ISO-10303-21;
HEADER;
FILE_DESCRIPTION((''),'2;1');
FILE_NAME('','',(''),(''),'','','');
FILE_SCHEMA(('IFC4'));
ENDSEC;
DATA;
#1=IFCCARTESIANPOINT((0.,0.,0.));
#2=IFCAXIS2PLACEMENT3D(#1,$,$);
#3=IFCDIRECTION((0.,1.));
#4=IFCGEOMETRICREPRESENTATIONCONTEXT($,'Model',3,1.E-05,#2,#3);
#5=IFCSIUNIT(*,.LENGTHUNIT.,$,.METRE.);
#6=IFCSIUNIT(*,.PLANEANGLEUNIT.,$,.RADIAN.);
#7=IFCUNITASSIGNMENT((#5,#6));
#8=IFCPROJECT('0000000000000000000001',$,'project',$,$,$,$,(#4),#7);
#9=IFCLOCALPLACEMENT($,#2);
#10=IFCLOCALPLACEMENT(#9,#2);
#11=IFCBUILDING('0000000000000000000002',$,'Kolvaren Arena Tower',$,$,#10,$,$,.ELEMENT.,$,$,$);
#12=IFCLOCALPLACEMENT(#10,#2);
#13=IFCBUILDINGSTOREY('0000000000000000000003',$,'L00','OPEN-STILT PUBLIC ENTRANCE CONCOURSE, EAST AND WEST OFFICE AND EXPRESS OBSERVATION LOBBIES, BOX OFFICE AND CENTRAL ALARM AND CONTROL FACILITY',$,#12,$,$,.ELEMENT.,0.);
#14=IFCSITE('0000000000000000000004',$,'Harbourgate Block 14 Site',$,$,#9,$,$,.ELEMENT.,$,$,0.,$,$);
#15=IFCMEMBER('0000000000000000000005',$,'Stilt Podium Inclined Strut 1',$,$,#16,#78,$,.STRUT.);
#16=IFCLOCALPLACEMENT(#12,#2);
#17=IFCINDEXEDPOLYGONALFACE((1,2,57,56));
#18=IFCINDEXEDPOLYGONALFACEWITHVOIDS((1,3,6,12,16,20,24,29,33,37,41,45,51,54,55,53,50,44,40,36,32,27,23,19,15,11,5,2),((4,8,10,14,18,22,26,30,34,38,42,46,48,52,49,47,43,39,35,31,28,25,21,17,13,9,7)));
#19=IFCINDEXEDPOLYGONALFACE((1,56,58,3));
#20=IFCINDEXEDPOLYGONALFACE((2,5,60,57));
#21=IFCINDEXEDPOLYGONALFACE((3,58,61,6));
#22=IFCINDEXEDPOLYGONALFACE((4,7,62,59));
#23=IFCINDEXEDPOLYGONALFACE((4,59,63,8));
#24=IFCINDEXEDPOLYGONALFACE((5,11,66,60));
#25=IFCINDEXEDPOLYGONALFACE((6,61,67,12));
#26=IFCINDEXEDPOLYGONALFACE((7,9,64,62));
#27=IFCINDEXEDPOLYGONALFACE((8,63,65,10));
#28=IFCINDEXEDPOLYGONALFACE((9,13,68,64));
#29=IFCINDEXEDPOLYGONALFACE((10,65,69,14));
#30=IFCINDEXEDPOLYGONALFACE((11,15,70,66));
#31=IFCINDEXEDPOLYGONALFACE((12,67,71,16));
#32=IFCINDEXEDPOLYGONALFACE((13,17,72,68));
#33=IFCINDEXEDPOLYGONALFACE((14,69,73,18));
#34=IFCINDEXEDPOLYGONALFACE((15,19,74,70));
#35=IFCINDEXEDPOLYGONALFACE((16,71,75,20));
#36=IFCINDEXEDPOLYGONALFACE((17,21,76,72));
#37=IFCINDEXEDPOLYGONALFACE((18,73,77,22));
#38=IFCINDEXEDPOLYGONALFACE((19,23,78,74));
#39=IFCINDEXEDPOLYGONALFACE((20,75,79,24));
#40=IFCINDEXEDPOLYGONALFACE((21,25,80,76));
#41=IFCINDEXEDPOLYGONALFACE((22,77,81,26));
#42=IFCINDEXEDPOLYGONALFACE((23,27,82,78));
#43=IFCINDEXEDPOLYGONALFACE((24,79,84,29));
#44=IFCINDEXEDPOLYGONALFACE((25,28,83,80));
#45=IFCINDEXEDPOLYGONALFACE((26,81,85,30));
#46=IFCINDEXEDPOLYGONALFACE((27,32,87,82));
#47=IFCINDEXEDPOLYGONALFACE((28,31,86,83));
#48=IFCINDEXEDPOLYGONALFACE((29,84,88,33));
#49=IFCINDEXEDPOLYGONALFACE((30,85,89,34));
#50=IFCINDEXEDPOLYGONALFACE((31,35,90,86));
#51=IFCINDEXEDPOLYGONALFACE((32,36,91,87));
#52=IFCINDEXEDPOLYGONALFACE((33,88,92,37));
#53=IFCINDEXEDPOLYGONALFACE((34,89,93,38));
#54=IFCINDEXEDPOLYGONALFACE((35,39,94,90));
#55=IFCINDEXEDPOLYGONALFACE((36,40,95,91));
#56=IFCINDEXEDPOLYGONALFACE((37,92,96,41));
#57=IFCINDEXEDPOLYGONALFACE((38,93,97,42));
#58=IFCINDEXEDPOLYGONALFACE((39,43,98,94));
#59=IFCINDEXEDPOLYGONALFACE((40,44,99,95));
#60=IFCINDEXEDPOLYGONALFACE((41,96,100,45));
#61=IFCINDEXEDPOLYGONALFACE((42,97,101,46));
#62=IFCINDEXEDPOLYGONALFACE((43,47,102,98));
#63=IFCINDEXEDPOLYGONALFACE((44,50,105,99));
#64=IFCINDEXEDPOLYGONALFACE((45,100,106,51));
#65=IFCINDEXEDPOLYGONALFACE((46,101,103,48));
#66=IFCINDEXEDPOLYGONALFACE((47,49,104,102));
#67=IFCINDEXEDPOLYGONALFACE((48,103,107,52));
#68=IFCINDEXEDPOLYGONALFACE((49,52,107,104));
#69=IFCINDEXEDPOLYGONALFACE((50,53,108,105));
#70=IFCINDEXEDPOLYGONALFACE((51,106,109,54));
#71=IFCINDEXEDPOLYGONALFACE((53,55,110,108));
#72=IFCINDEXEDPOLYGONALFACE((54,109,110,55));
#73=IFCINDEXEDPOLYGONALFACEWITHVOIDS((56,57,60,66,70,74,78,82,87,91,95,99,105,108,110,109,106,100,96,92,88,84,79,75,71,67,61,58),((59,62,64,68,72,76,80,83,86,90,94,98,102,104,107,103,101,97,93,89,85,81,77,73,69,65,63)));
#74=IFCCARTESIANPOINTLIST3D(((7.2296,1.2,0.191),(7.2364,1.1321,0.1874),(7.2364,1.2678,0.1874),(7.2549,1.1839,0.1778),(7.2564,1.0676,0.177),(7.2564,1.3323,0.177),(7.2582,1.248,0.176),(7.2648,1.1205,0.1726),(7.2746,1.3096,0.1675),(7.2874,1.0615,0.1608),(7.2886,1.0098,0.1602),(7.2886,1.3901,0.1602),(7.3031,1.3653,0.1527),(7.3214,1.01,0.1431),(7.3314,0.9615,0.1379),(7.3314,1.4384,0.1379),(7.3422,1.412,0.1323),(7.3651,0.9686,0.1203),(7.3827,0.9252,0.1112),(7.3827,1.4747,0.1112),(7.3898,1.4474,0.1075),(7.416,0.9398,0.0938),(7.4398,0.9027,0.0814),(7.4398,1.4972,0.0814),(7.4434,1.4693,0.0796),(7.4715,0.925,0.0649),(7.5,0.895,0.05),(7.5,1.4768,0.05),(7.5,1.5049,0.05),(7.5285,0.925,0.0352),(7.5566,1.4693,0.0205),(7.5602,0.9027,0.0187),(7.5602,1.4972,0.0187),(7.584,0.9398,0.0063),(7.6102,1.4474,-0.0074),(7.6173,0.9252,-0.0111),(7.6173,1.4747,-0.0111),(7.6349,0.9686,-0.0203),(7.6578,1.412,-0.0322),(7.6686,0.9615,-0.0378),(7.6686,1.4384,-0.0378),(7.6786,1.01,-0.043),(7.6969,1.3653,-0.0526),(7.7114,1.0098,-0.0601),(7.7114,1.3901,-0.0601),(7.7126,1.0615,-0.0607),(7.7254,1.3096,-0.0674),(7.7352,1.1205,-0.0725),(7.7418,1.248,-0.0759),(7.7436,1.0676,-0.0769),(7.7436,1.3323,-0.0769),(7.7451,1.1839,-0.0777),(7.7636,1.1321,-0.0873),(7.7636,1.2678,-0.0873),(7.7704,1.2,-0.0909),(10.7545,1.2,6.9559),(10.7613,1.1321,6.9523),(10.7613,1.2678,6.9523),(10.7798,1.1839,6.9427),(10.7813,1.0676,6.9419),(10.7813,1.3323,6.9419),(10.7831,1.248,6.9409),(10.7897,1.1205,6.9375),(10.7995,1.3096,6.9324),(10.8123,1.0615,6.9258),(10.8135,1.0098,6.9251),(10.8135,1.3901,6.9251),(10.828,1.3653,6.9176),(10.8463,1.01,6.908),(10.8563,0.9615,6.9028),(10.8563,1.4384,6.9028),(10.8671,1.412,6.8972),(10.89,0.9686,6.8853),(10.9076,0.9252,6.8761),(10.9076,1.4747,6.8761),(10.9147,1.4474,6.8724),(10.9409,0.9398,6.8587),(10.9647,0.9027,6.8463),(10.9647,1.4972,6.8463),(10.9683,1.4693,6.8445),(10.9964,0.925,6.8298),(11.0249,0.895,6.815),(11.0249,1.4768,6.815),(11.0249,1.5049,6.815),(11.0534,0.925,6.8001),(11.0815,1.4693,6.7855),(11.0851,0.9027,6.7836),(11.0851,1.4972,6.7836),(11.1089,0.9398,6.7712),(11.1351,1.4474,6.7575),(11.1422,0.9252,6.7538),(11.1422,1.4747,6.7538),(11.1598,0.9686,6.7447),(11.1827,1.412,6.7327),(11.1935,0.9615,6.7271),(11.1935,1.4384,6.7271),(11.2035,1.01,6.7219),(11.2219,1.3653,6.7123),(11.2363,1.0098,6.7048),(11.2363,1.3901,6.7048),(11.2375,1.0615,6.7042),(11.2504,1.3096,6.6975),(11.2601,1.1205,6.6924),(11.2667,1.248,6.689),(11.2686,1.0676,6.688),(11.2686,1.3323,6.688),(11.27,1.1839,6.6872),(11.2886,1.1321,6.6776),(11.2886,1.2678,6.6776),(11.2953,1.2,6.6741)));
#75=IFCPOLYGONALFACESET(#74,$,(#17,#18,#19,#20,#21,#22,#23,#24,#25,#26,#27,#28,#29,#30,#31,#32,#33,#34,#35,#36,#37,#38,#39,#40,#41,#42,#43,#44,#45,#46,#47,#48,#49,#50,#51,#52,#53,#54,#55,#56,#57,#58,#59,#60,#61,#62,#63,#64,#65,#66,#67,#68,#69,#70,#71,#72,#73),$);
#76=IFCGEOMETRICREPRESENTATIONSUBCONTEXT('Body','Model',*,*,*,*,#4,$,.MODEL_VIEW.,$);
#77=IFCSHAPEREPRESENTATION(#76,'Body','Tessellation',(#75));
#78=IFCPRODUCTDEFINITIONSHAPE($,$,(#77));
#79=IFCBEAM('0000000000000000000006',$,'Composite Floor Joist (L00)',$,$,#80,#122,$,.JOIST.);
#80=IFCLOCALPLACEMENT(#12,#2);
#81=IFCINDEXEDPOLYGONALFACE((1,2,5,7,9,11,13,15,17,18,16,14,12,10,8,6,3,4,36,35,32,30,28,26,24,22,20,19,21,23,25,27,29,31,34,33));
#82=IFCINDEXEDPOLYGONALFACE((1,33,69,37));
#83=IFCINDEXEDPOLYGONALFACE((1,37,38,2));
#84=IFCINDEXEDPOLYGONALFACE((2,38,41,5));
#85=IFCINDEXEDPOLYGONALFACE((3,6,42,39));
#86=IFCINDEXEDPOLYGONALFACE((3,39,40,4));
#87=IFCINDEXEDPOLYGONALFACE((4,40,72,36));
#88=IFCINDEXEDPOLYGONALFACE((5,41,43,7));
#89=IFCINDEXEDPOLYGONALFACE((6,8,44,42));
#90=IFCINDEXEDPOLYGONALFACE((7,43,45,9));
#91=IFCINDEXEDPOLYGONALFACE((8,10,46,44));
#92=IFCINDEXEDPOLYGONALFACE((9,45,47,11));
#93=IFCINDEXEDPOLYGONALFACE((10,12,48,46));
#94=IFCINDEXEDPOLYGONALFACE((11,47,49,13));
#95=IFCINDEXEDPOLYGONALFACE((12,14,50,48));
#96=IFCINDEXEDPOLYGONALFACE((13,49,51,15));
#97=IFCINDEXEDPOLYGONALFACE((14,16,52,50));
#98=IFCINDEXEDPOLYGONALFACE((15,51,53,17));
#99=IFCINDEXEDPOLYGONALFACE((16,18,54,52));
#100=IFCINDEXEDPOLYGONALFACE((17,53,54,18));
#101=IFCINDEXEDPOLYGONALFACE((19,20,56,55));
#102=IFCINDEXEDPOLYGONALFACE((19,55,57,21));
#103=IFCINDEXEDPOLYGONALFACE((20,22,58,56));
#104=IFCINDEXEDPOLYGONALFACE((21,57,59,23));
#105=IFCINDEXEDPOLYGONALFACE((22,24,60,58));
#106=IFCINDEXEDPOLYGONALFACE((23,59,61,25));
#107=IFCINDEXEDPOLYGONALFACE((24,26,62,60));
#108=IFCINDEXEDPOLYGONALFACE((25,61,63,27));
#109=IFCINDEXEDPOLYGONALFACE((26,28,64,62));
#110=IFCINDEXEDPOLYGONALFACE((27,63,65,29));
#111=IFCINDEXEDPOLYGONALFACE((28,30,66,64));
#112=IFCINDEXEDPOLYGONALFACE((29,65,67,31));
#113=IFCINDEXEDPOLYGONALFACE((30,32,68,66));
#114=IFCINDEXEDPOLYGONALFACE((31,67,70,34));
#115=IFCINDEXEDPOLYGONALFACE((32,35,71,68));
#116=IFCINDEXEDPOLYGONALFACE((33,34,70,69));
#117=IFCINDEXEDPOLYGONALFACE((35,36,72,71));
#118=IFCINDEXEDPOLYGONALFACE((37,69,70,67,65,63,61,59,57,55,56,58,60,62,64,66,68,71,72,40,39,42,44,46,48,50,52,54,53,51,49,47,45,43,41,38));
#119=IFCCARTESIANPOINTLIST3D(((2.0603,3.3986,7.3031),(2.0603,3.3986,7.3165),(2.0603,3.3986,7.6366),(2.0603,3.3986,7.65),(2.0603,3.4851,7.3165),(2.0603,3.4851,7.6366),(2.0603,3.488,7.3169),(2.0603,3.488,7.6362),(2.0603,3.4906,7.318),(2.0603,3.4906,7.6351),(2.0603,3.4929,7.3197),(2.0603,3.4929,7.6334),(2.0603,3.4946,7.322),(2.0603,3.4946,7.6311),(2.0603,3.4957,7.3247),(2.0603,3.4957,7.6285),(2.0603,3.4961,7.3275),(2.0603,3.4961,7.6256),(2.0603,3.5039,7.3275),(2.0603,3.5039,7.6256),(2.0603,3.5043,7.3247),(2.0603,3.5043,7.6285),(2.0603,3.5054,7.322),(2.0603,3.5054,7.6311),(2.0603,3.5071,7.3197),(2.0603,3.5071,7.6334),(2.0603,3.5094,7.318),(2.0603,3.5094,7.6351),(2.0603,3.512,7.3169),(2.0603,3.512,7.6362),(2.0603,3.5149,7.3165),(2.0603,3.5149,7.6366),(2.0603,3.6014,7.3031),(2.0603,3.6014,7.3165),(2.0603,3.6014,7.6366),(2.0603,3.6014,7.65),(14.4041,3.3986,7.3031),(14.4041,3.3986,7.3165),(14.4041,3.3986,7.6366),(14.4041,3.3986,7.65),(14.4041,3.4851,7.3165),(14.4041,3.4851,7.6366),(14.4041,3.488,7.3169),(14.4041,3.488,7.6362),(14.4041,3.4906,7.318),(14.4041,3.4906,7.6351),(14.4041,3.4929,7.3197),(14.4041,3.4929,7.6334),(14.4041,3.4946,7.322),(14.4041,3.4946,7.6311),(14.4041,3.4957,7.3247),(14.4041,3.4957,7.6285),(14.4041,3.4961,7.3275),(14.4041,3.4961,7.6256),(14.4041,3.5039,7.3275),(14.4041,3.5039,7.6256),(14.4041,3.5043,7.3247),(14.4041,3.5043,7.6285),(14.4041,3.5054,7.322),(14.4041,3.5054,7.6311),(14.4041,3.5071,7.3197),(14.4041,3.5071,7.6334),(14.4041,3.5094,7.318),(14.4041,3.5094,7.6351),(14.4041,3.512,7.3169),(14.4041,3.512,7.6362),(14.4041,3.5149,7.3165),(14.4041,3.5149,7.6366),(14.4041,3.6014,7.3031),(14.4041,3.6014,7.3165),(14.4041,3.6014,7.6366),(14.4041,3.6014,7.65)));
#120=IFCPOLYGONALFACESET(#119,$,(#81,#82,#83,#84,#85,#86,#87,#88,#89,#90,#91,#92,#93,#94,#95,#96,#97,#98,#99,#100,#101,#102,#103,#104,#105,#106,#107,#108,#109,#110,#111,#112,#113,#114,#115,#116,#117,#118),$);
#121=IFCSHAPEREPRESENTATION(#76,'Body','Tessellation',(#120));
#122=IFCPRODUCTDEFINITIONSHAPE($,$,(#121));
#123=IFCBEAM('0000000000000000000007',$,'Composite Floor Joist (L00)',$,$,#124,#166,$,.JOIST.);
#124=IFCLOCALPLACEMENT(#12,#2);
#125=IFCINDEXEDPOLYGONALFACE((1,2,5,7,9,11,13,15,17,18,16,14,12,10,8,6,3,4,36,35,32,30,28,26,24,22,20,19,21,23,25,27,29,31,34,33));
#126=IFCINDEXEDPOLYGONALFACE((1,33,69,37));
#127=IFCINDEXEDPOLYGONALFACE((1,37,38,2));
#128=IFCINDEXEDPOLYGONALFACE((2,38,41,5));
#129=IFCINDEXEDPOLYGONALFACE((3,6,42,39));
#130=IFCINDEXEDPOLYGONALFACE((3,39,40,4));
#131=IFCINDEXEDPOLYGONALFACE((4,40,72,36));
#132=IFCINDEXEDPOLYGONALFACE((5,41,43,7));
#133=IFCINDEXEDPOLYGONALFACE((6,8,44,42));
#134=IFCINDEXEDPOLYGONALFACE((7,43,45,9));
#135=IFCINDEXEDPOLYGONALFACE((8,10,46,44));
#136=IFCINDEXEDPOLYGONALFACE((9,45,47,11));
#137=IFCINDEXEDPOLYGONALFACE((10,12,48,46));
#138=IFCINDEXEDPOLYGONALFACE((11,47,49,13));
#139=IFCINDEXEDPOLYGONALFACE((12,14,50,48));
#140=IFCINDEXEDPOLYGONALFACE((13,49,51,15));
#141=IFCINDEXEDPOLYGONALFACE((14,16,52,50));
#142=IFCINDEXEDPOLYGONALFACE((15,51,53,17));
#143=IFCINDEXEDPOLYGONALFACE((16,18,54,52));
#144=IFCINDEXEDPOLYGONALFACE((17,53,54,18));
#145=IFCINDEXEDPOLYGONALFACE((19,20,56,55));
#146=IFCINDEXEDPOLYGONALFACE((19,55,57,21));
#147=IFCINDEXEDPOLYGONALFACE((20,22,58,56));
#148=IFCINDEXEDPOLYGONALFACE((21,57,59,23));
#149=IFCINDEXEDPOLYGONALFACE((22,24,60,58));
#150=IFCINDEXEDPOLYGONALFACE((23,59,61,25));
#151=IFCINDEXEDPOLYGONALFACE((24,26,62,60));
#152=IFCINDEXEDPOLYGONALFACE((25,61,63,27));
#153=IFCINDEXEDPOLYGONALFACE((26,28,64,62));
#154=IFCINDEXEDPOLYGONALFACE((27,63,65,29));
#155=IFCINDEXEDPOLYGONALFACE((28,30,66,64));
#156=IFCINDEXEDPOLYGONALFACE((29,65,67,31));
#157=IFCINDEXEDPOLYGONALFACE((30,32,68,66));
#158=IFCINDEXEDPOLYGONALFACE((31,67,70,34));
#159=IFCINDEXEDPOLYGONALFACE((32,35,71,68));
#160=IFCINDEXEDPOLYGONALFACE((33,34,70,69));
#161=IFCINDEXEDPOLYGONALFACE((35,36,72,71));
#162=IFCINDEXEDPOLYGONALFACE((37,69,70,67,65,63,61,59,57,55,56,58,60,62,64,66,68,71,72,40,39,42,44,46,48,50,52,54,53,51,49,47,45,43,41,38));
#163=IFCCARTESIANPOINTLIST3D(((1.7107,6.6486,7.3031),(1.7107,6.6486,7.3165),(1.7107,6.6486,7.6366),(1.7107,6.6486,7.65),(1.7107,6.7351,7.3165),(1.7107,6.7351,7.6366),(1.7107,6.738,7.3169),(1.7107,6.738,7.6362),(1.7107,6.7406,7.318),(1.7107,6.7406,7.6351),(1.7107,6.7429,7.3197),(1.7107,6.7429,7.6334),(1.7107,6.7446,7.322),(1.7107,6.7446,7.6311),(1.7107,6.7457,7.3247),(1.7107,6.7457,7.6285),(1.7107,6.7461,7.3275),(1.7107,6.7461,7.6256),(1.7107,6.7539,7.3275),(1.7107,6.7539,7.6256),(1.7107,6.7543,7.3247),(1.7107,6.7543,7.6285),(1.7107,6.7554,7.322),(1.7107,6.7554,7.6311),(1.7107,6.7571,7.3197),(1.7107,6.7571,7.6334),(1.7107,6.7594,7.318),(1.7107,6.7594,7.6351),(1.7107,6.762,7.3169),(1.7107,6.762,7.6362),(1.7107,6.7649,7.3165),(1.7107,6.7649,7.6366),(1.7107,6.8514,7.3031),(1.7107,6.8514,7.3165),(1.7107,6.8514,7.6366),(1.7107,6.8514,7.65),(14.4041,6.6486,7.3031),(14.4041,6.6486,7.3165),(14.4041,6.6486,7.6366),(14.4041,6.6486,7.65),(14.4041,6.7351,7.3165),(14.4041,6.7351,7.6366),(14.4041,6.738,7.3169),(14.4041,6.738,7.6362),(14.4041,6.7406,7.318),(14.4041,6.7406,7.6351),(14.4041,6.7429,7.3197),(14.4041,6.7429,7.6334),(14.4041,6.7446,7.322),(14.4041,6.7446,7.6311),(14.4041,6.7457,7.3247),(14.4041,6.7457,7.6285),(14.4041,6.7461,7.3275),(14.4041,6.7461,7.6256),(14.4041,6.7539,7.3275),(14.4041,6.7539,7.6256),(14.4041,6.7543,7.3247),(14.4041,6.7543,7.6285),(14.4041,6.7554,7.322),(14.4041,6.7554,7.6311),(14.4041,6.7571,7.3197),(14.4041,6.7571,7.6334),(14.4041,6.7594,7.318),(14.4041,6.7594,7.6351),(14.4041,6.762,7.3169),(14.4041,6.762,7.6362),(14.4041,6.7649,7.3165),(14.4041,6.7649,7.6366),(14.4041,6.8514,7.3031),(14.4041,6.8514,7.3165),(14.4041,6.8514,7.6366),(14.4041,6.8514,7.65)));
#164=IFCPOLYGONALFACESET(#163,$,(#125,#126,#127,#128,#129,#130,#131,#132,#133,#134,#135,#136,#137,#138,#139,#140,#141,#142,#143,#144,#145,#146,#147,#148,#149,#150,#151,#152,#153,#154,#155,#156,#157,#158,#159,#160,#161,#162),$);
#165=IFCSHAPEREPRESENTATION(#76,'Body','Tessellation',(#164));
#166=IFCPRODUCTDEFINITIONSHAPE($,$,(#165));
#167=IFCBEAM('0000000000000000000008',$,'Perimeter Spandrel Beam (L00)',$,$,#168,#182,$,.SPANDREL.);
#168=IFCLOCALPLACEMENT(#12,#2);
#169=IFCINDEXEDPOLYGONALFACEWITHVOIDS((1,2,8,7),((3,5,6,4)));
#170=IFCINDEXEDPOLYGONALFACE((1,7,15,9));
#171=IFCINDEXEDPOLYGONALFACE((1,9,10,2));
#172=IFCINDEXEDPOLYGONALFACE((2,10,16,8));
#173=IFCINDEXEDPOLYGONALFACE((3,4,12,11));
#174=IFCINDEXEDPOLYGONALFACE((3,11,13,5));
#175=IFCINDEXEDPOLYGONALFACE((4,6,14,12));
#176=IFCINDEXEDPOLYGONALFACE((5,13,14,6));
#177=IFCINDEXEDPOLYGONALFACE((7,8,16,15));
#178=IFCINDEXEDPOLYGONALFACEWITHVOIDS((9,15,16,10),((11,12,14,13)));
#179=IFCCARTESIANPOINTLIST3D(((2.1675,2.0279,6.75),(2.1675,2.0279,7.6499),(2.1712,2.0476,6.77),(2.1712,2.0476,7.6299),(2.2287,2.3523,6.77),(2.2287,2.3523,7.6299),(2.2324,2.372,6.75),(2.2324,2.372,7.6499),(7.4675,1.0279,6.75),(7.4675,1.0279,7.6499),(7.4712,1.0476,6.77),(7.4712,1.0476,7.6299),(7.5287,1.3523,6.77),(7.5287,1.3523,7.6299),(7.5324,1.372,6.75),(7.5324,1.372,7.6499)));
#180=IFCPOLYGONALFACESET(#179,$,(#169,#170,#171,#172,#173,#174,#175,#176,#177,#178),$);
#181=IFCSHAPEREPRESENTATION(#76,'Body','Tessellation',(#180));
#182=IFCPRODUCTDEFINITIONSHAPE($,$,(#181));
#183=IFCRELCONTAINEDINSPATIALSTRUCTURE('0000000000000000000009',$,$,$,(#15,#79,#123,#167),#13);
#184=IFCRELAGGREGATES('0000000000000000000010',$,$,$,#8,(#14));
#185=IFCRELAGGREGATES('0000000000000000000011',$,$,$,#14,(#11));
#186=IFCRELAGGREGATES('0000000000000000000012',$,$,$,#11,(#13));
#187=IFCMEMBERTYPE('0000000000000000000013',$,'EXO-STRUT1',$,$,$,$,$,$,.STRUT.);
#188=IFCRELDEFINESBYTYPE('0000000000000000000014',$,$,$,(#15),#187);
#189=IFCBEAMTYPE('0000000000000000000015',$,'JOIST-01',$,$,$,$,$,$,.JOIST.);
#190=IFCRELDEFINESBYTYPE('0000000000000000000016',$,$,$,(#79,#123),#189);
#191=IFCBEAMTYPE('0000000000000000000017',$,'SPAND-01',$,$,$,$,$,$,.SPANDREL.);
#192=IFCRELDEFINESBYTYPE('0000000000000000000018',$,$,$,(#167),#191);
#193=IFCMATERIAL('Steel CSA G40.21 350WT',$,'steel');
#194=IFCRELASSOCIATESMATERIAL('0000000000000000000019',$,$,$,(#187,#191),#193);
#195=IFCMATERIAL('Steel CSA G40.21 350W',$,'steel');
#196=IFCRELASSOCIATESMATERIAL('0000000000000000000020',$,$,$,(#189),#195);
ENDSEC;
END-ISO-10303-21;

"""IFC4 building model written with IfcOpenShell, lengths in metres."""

from ifc_helpers import new_model, si_unit, direction, frame, origin, origin_2d, place, context, subcontext, project, spatial, hollow_rectangle, hollow_circle, i_section, extrude, material, material_profile, profile_set, type_object, element, save


model = new_model("IFC4")

# Units and contexts
model_context = context("Model", 3, precision=1e-05, world=origin(), true_north=direction((0.0, 1.0)))
body_context = subcontext(model_context, "Body", "Model", "MODEL_VIEW")
ifc_project = project(units=[si_unit("LENGTHUNIT", "METRE"), si_unit("PLANEANGLEUNIT", "RADIAN")], contexts=[model_context])

# Site, building, storey
site_placement = place(None, origin())
site = spatial("IfcSite", under=ifc_project, at=site_placement, Name="Harbourgate Block 14 Site", CompositionType="ELEMENT", RefElevation=0.0)
building_placement = place(site_placement, origin())
building = spatial("IfcBuilding", under=site, at=building_placement, Name="Kolvaren Arena Tower", CompositionType="ELEMENT")
storey_placement = place(building_placement, origin())
storey = spatial("IfcBuildingStorey", under=building, at=storey_placement, Name="L00", Description="OPEN-STILT PUBLIC ENTRANCE CONCOURSE, EAST AND WEST OFFICE AND EXPRESS OBSERVATION LOBBIES, BOX OFFICE AND CENTRAL ALARM AND CONTROL FACILITY", CompositionType="ELEMENT", Elevation=0.0)

# Member
ifc_material_1 = material(Name="Steel CSA G40.21 350WT", Category="steel")
ifc_material_profile_1 = material_profile(ifc_material_1, hollow_circle(Radius=0.3049, WallThickness=0.0281, at=origin_2d()), Name="CHS 610x28")
ifc_profile_set_1 = profile_set([ifc_material_profile_1], Name="Steel CSA G40.21 350WT")
member_type = type_object("IfcMemberType", Name="EXO-STRUT1", PredefinedType="STRUT", material=ifc_profile_set_1)
member_placement = place(storey_placement, frame((7.5, 1.2, 0.05), z_axis=(0.462091, 0.0, 0.886832), x_axis=(0.0, 1.0, 0.0)))
element("IfcMember", 1, at=member_placement, inside=storey, type_object=member_type, Name="Stilt Podium Inclined Strut 1", PredefinedType="STRUT", context=body_context, shape_type="SweptSolid", body=[
    extrude(hollow_circle(Radius=0.3049, WallThickness=0.0281, at=origin_2d()), origin(), (0.0, 0.0, 1.0), 7.6282),
])

# Beams
ifc_material_2 = material(Name="Steel CSA G40.21 350W", Category="steel")
ifc_material_profile_2 = material_profile(ifc_material_2, i_section(OverallWidth=0.2029, OverallDepth=0.3469, WebThickness=0.0078, FlangeThickness=0.0134, FilletRadius=0.011, at=origin_2d()), Name="W360x64")
ifc_profile_set_2 = profile_set([ifc_material_profile_2], Name="Steel CSA G40.21 350W")
beam_type_1 = type_object("IfcBeamType", Name="JOIST-01", PredefinedType="JOIST", material=ifc_profile_set_2)
beam_1_placement = place(storey_placement, frame((2.0603, 3.5, 7.4766), z_axis=(1.0, 0.0, 0.0), x_axis=(0.0, 1.0, 0.0)))
element("IfcBeam", 2, at=beam_1_placement, inside=storey, type_object=beam_type_1, Name="Composite Floor Joist (L00)", PredefinedType="JOIST", context=body_context, shape_type="SweptSolid", body=[
    extrude(i_section(OverallWidth=0.2029, OverallDepth=0.3469, WebThickness=0.0078, FlangeThickness=0.0134, FilletRadius=0.011, at=origin_2d()), origin(), (0.0, 0.0, 1.0), 12.3438),
])
beam_2_placement = place(storey_placement, frame((1.7107, 6.75, 7.4766), z_axis=(1.0, 0.0, 0.0), x_axis=(0.0, 1.0, 0.0)))
element("IfcBeam", 3, at=beam_2_placement, inside=storey, type_object=beam_type_1, Name="Composite Floor Joist (L00)", PredefinedType="JOIST", context=body_context, shape_type="SweptSolid", body=[
    extrude(i_section(OverallWidth=0.2029, OverallDepth=0.3469, WebThickness=0.0078, FlangeThickness=0.0134, FilletRadius=0.011, at=origin_2d()), origin(), (0.0, 0.0, 1.0), 12.6934),
])
ifc_material_profile_3 = material_profile(ifc_material_1, hollow_rectangle(XDim=0.3501, YDim=0.8999, WallThickness=0.02, at=origin_2d()), Name="HSS 900x350x20")
ifc_profile_set_3 = profile_set([ifc_material_profile_3], Name="Steel CSA G40.21 350WT")
beam_type_2 = type_object("IfcBeamType", Name="SPAND-01", PredefinedType="SPANDREL", material=ifc_profile_set_3)
beam_3_placement = place(storey_placement, frame((2.2, 2.2, 7.2), z_axis=(0.982662, -0.185406, 0.0), x_axis=(0.185406, 0.982662, 0.0)))
element("IfcBeam", 4, at=beam_3_placement, inside=storey, type_object=beam_type_2, Name="Perimeter Spandrel Beam (L00)", PredefinedType="SPANDREL", context=body_context, shape_type="SweptSolid", body=[
    extrude(hollow_rectangle(XDim=0.3501, YDim=0.8999, WallThickness=0.02, at=origin_2d()), origin(), (0.0, 0.0, 1.0), 5.3936),
])

save(model, "model.ifc")
